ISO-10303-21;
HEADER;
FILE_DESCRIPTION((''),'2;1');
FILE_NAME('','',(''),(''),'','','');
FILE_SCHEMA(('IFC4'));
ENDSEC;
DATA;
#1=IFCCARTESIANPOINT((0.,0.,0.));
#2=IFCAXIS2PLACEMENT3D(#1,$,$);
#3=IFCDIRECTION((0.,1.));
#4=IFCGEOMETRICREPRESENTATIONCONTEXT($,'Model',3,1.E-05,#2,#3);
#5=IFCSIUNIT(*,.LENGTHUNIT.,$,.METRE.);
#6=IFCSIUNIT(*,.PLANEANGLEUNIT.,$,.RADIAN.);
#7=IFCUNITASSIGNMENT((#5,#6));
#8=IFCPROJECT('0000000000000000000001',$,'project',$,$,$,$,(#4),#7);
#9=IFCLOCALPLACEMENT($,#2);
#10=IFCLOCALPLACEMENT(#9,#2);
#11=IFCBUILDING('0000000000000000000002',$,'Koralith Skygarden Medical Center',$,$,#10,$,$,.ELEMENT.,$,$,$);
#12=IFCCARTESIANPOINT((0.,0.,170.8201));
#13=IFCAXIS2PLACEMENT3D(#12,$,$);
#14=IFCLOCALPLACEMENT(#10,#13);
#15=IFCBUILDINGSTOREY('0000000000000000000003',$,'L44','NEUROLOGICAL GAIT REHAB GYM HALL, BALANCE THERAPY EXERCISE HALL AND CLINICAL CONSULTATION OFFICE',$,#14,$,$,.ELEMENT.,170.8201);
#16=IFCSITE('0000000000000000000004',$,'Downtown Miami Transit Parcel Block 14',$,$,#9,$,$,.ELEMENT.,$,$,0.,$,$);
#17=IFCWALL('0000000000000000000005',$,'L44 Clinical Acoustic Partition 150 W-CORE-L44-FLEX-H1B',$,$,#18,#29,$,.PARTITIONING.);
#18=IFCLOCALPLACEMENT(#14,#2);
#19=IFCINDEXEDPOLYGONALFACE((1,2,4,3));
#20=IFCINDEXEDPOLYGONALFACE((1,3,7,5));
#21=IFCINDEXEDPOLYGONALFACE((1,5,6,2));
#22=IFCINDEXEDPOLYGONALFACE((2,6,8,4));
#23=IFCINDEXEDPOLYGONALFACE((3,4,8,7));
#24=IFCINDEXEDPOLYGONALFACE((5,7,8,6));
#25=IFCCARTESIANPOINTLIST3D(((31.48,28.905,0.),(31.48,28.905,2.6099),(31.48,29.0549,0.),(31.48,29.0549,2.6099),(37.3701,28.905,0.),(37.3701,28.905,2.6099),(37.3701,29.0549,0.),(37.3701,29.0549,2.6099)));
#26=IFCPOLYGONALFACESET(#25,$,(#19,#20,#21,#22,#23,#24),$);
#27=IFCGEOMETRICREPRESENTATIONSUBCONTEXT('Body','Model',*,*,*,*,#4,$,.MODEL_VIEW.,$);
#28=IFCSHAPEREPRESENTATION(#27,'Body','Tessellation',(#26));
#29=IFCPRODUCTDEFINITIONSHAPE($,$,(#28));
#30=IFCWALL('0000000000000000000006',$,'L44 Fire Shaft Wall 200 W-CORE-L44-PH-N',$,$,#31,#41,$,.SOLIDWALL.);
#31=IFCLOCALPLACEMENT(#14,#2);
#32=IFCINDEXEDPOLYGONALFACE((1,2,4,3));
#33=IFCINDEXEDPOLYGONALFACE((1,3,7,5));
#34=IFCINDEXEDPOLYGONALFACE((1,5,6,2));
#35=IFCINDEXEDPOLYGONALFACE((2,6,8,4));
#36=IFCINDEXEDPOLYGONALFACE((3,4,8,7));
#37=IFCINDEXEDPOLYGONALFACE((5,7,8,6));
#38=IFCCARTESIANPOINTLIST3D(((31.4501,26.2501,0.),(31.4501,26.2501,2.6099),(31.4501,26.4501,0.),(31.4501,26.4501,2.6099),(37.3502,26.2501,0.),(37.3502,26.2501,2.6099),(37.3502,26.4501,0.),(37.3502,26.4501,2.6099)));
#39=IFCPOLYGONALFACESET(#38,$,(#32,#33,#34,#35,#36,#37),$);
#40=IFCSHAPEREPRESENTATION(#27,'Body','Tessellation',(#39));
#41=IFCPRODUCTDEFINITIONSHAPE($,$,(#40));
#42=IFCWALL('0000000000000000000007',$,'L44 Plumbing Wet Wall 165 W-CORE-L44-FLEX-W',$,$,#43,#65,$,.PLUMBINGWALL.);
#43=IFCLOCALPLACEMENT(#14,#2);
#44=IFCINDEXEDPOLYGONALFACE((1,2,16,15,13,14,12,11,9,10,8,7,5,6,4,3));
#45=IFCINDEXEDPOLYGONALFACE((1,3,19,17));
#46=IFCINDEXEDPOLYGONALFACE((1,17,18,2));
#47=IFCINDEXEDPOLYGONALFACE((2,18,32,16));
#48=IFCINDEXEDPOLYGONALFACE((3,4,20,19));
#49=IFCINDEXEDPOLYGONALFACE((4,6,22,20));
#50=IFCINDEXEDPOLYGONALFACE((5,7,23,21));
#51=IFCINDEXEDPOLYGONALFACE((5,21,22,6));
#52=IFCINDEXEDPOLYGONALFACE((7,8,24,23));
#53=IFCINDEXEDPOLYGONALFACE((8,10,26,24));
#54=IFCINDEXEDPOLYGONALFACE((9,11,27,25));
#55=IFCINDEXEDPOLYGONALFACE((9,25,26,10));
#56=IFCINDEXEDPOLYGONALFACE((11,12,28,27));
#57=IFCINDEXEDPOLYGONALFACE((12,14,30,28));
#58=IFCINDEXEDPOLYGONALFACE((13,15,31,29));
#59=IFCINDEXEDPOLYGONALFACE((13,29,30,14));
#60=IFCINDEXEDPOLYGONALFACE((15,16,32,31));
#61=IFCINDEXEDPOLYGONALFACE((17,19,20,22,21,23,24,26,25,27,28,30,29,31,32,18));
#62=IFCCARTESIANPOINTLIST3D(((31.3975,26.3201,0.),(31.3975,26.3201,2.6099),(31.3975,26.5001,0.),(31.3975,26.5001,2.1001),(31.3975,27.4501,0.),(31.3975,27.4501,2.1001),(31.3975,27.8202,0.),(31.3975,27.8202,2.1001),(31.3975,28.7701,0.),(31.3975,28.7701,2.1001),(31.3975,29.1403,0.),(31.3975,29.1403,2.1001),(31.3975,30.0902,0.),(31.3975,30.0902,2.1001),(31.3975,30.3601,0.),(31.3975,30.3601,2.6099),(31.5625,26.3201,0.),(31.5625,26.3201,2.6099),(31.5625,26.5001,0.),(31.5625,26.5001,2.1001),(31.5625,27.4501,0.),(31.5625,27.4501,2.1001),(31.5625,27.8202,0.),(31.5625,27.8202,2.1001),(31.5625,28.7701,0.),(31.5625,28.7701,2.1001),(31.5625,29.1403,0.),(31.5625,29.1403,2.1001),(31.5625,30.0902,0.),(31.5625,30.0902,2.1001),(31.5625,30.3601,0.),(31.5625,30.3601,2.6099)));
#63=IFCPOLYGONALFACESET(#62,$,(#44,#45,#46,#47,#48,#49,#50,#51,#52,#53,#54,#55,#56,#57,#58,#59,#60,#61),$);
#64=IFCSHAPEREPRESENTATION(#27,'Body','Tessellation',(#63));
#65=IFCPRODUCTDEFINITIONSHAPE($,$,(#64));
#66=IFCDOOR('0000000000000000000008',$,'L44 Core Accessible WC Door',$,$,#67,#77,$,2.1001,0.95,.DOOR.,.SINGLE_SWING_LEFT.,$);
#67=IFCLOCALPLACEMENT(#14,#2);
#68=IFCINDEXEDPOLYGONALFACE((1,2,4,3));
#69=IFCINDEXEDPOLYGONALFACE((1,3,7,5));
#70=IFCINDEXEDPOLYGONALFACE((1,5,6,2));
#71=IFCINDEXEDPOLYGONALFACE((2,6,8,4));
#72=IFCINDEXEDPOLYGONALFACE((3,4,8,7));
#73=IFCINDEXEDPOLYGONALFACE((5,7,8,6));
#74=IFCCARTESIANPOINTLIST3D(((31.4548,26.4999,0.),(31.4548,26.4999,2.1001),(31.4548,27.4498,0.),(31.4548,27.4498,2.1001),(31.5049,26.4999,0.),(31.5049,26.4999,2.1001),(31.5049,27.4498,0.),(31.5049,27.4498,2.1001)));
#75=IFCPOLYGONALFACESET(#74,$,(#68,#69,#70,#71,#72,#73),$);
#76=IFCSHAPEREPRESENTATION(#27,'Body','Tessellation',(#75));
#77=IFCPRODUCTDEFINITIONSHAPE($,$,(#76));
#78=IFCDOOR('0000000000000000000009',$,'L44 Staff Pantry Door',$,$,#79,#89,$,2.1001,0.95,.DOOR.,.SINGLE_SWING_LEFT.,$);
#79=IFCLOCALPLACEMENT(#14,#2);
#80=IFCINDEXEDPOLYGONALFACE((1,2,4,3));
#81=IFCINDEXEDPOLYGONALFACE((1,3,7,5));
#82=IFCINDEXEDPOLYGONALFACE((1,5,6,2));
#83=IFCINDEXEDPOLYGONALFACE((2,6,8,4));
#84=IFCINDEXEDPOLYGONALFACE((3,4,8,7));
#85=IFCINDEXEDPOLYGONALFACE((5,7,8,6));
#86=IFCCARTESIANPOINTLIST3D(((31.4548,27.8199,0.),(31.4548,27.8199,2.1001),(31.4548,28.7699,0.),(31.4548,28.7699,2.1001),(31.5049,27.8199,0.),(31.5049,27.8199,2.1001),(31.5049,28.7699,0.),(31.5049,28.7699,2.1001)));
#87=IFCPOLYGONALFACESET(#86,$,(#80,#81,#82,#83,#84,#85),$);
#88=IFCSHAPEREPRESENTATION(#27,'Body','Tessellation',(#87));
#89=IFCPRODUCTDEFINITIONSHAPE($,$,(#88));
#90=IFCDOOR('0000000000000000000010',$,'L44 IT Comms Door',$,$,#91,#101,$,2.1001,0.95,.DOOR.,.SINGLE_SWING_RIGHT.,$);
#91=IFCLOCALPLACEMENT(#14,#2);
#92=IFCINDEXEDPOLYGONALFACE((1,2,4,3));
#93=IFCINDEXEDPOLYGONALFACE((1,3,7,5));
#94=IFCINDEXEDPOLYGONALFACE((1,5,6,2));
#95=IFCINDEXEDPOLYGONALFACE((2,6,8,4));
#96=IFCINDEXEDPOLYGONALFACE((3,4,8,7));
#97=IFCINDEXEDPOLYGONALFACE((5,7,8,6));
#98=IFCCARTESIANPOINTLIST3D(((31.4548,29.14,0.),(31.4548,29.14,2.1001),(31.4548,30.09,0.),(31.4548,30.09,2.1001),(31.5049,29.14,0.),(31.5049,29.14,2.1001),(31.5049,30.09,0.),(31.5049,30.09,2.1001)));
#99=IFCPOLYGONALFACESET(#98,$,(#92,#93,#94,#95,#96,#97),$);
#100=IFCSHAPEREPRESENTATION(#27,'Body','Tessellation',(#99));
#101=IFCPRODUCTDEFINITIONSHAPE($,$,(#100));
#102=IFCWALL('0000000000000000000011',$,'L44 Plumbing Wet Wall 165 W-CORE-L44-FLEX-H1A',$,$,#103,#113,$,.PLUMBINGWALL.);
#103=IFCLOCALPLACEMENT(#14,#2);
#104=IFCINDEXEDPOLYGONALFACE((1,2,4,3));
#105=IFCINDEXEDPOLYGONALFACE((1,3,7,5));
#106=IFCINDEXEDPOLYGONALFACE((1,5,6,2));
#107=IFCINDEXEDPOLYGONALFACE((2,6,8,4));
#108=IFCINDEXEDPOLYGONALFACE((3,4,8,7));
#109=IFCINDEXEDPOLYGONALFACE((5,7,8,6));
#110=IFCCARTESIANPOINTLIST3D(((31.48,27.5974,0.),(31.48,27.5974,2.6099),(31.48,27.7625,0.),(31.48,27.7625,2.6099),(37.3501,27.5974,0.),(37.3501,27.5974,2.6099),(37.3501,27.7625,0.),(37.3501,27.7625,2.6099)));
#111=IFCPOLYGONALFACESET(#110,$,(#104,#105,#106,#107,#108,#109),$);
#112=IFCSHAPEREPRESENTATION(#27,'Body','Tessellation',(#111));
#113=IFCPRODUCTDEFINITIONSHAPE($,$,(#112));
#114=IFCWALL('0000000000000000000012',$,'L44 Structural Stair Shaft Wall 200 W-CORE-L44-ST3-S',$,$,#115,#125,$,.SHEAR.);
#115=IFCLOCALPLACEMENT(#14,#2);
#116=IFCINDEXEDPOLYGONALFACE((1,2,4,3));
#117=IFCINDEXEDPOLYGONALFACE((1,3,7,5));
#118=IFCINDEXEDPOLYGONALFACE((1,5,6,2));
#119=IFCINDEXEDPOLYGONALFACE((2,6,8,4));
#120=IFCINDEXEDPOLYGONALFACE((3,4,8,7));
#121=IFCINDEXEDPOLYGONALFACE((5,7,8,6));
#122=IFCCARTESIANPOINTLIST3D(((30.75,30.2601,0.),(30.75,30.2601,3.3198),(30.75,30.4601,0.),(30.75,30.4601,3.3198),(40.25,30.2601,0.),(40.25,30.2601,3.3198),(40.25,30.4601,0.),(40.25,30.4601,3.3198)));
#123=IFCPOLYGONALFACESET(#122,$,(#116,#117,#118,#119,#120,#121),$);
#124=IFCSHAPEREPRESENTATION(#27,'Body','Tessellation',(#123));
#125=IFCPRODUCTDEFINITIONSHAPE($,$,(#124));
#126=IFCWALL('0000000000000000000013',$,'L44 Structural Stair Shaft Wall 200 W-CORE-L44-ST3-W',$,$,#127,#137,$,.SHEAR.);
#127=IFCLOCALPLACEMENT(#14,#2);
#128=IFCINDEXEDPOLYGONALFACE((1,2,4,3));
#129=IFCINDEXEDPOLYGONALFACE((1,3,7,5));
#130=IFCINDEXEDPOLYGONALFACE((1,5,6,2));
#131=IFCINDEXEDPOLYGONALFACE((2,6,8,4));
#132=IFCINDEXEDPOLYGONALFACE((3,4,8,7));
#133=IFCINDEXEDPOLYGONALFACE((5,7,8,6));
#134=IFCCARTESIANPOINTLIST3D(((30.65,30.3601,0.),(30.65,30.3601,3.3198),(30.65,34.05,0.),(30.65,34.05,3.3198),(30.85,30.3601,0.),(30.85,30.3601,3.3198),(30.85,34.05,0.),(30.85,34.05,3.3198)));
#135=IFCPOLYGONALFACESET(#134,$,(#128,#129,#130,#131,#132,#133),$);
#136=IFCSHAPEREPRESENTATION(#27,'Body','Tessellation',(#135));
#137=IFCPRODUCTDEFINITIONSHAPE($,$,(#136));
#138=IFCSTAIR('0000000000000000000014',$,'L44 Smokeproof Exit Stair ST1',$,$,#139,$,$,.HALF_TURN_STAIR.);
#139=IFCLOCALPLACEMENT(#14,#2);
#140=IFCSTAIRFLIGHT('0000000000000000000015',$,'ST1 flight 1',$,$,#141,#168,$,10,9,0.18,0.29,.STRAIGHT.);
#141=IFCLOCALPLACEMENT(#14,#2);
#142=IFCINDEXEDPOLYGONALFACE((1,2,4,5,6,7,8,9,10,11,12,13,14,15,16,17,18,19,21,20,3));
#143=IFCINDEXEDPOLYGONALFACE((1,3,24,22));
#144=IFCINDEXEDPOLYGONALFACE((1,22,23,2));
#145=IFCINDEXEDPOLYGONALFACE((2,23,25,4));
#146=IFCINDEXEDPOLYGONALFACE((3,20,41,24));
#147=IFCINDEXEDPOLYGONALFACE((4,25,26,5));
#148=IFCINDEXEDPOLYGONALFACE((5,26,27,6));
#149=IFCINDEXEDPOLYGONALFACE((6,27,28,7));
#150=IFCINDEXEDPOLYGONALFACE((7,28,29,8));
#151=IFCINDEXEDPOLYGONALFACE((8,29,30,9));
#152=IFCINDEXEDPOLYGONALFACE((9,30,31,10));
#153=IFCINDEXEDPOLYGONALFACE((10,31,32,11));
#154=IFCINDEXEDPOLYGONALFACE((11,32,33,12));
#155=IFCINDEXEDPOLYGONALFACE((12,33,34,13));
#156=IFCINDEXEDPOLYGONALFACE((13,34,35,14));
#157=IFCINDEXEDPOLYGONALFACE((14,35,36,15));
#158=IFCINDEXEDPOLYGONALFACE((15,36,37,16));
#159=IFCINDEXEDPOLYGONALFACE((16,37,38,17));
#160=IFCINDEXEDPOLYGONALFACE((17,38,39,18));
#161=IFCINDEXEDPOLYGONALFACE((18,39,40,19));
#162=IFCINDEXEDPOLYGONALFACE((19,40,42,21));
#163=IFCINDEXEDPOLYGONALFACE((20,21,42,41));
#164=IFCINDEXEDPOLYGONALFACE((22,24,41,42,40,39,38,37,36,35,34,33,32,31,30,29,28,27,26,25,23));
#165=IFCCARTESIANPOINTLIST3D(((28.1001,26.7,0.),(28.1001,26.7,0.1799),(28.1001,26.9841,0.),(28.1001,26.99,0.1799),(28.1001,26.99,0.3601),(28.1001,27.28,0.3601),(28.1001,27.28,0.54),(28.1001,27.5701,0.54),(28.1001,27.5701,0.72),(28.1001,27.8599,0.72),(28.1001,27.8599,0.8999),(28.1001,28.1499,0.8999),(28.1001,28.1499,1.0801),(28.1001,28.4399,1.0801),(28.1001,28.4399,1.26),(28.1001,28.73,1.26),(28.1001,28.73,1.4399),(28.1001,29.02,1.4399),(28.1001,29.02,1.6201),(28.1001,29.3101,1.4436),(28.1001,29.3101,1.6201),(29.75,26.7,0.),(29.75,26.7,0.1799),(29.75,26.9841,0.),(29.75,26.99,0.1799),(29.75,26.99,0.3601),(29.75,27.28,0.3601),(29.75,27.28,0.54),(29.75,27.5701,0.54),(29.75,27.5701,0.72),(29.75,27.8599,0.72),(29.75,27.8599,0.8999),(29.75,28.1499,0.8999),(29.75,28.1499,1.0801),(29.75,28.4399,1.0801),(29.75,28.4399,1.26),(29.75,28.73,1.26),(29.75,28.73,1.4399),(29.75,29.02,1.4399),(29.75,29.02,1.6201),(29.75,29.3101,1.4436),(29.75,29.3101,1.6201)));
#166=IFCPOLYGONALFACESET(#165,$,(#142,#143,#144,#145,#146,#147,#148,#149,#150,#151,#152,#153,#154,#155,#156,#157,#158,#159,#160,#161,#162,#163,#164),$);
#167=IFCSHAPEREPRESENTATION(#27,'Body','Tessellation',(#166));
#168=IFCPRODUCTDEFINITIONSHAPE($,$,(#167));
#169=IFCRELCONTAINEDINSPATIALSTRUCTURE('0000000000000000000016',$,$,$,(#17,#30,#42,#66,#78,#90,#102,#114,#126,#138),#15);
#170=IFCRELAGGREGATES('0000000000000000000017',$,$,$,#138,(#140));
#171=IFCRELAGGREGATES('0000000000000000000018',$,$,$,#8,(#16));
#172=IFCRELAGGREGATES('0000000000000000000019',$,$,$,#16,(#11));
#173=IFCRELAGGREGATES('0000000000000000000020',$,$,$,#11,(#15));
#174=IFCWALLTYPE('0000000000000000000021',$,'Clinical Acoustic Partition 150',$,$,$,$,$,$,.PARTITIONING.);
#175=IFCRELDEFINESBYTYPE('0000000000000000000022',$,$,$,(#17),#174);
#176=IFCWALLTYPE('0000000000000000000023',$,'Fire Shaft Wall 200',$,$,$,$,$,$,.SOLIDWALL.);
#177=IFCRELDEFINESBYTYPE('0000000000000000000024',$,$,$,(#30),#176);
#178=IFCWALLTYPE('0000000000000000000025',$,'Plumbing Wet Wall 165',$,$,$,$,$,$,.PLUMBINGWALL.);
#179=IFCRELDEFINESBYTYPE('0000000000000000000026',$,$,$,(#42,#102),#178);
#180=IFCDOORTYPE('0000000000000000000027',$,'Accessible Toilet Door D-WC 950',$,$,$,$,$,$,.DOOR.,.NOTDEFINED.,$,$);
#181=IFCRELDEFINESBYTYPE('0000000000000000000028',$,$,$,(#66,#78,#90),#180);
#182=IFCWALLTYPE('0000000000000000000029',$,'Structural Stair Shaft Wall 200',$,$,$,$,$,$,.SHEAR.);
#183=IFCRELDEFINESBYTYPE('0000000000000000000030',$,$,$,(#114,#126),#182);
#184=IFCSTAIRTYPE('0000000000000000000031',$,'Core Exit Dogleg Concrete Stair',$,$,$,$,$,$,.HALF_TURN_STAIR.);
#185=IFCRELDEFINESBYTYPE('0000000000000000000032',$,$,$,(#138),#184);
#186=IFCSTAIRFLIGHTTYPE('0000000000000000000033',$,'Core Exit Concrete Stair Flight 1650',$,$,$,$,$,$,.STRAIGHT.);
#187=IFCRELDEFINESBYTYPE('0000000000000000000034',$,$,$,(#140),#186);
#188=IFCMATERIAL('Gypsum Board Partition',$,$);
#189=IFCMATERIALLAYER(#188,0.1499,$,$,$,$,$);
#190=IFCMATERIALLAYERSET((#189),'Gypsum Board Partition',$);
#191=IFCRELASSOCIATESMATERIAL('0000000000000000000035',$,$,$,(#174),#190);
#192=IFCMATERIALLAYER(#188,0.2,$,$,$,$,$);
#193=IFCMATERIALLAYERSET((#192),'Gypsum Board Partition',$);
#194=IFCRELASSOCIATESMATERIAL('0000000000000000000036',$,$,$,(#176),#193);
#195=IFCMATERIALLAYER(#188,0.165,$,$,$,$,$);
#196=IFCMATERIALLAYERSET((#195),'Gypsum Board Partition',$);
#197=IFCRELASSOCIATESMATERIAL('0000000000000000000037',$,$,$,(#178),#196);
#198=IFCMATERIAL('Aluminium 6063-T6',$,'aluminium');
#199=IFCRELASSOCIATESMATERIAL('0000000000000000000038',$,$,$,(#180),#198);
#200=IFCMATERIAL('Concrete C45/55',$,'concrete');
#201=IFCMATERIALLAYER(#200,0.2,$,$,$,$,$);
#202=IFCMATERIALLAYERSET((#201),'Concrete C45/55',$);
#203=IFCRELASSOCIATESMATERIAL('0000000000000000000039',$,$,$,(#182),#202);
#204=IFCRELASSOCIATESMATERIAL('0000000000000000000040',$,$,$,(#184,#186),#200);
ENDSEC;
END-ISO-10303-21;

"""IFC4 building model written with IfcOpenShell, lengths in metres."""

from ifc_helpers import new_model, si_unit, direction, frame, frame_2d, origin, place, context, subcontext, project, spatial, polyline, rectangle, outline, extrude, material, layer, layer_set, type_object, element, fill, aggregate, save


model = new_model("IFC4")

# Units and contexts
model_context = context("Model", 3, precision=1e-05, world=origin(), true_north=direction((0.0, 1.0)))
body_context = subcontext(model_context, "Body", "Model", "MODEL_VIEW")
ifc_project = project(units=[si_unit("LENGTHUNIT", "METRE"), si_unit("PLANEANGLEUNIT", "RADIAN")], contexts=[model_context])

# Site, building, storey
site_placement = place(None, origin())
site = spatial("IfcSite", under=ifc_project, at=site_placement, Name="Downtown Miami Transit Parcel Block 14", CompositionType="ELEMENT", RefElevation=0.0)
building_placement = place(site_placement, origin())
building = spatial("IfcBuilding", under=site, at=building_placement, Name="Koralith Skygarden Medical Center", CompositionType="ELEMENT")
storey_placement = place(building_placement, frame((0.0, 0.0, 170.8201)))
storey = spatial("IfcBuildingStorey", under=building, at=storey_placement, Name="L44", Description="NEUROLOGICAL GAIT REHAB GYM HALL, BALANCE THERAPY EXERCISE HALL AND CLINICAL CONSULTATION OFFICE", CompositionType="ELEMENT", Elevation=170.8201)

# Walls
ifc_material_1 = material(Name="Gypsum Board Partition")
ifc_layer_1 = layer(ifc_material_1, 0.1499)
ifc_layer_set_1 = layer_set([ifc_layer_1], Name="Gypsum Board Partition")
wall_type_1 = type_object("IfcWallType", Name="Clinical Acoustic Partition 150", PredefinedType="PARTITIONING", material=ifc_layer_set_1)
wall_1_placement = place(storey_placement, frame((31.48, 28.98, 0.0), z_axis=(0.0, 0.0, 1.0), x_axis=(1.0, 0.0, 0.0)))
element("IfcWall", 1, at=wall_1_placement, inside=storey, type_object=wall_type_1, Name="L44 Clinical Acoustic Partition 150 W-CORE-L44-FLEX-H1B", PredefinedType="PARTITIONING", context=body_context, shape_type="SweptSolid", body=[
    extrude(rectangle(XDim=5.8901, YDim=0.1499, at=frame_2d((2.9451, 0.0))), origin(), (0.0, 0.0, 1.0), 2.6099),
])
ifc_layer_2 = layer(ifc_material_1, 0.2)
ifc_layer_set_2 = layer_set([ifc_layer_2], Name="Gypsum Board Partition")
wall_type_2 = type_object("IfcWallType", Name="Fire Shaft Wall 200", PredefinedType="SOLIDWALL", material=ifc_layer_set_2)
wall_2_placement = place(storey_placement, frame((31.45, 26.3501, 0.0), z_axis=(0.0, 0.0, 1.0), x_axis=(1.0, 0.0, 0.0)))
element("IfcWall", 2, at=wall_2_placement, inside=storey, type_object=wall_type_2, Name="L44 Fire Shaft Wall 200 W-CORE-L44-PH-N", PredefinedType="SOLIDWALL", context=body_context, shape_type="SweptSolid", body=[
    extrude(rectangle(XDim=5.9001, YDim=0.2, at=frame_2d((2.9502, 0.0))), origin(), (0.0, 0.0, 1.0), 2.6099),
])

# Wall, openings, doors
ifc_layer_3 = layer(ifc_material_1, 0.165)
ifc_layer_set_3 = layer_set([ifc_layer_3], Name="Gypsum Board Partition")
wall_type_3 = type_object("IfcWallType", Name="Plumbing Wet Wall 165", PredefinedType="PLUMBINGWALL", material=ifc_layer_set_3)
wall_3_placement = place(storey_placement, frame((31.48, 26.3201, 0.0), z_axis=(0.0, 0.0, 1.0), x_axis=(0.0, 1.0, 0.0)))
wall_3 = element("IfcWall", 3, at=wall_3_placement, inside=storey, type_object=wall_type_3, Name="L44 Plumbing Wet Wall 165 W-CORE-L44-FLEX-W", PredefinedType="PLUMBINGWALL", context=body_context, shape_type="SweptSolid", body=[
    extrude(rectangle(XDim=4.04, YDim=0.165, at=frame_2d((2.02, 0.0))), origin(), (0.0, 0.0, 1.0), 2.6099),
])
opening_1_placement = place(wall_3_placement, frame((0.1799, 0.0, 0.0)))
opening_1 = element("IfcOpeningElement", 4, at=opening_1_placement, cuts=wall_3, PredefinedType="OPENING", context=body_context, shape_type="SweptSolid", body=[
    extrude(rectangle(XDim=0.95, YDim=2.1001, at=frame_2d((0.4751, 1.05))), frame((0.0, 0.0925, 0.0), z_axis=(0.0, -1.0, 0.0), x_axis=(1.0, 0.0, 0.0)), (0.0, 0.0, 1.0), 0.1851),
])
opening_2_placement = place(wall_3_placement, frame((1.5, 0.0, 0.0)))
opening_2 = element("IfcOpeningElement", 5, at=opening_2_placement, cuts=wall_3, PredefinedType="OPENING", context=body_context, shape_type="SweptSolid", body=[
    extrude(rectangle(XDim=0.95, YDim=2.1001, at=frame_2d((0.4751, 1.05))), frame((0.0, 0.0925, 0.0), z_axis=(0.0, -1.0, 0.0), x_axis=(1.0, 0.0, 0.0)), (0.0, 0.0, 1.0), 0.1851),
])
opening_3_placement = place(wall_3_placement, frame((2.8201, 0.0, 0.0)))
opening_3 = element("IfcOpeningElement", 6, at=opening_3_placement, cuts=wall_3, PredefinedType="OPENING", context=body_context, shape_type="SweptSolid", body=[
    extrude(rectangle(XDim=0.95, YDim=2.1001, at=frame_2d((0.4751, 1.05))), frame((0.0, 0.0925, 0.0), z_axis=(0.0, -1.0, 0.0), x_axis=(1.0, 0.0, 0.0)), (0.0, 0.0, 1.0), 0.1851),
])
ifc_material_2 = material(Name="Aluminium 6063-T6", Category="aluminium")
door_type = type_object("IfcDoorType", Name="Accessible Toilet Door D-WC 950", OperationType="NOTDEFINED", PredefinedType="DOOR", material=ifc_material_2)
door_1_placement = place(opening_1_placement, frame((0.95, 0.0, 0.0), z_axis=(0.0, 0.0, 1.0), x_axis=(-1.0, 0.0, 0.0)))
door_1 = element("IfcDoor", 7, at=door_1_placement, inside=storey, type_object=door_type, Name="L44 Core Accessible WC Door", OperationType="SINGLE_SWING_LEFT", OverallHeight=2.1001, OverallWidth=0.95, PredefinedType="DOOR", context=body_context, shape_type="SweptSolid", body=[
    extrude(rectangle(XDim=0.95, YDim=2.1001, at=frame_2d((0.4751, 1.05))), frame((0.0, 0.0249, 0.0), z_axis=(0.0, -1.0, 0.0), x_axis=(1.0, 0.0, 0.0)), (0.0, 0.0, 1.0), 0.05),
])
fill(opening_1, door_1)
door_2_placement = place(opening_2_placement, frame((0.95, 0.0, 0.0), z_axis=(0.0, 0.0, 1.0), x_axis=(-1.0, 0.0, 0.0)))
door_2 = element("IfcDoor", 8, at=door_2_placement, inside=storey, type_object=door_type, Name="L44 Staff Pantry Door", OperationType="SINGLE_SWING_LEFT", OverallHeight=2.1001, OverallWidth=0.95, PredefinedType="DOOR", context=body_context, shape_type="SweptSolid", body=[
    extrude(rectangle(XDim=0.95, YDim=2.1001, at=frame_2d((0.4751, 1.05))), frame((0.0, 0.0249, 0.0), z_axis=(0.0, -1.0, 0.0), x_axis=(1.0, 0.0, 0.0)), (0.0, 0.0, 1.0), 0.05),
])
fill(opening_2, door_2)
door_3_placement = place(opening_3_placement, frame((0.95, 0.0, 0.0), z_axis=(0.0, 0.0, 1.0), x_axis=(-1.0, 0.0, 0.0)))
door_3 = element("IfcDoor", 9, at=door_3_placement, inside=storey, type_object=door_type, Name="L44 IT Comms Door", OperationType="SINGLE_SWING_RIGHT", OverallHeight=2.1001, OverallWidth=0.95, PredefinedType="DOOR", context=body_context, shape_type="SweptSolid", body=[
    extrude(rectangle(XDim=0.95, YDim=2.1001, at=frame_2d((0.4751, 1.05))), frame((0.0, 0.0249, 0.0), z_axis=(0.0, -1.0, 0.0), x_axis=(1.0, 0.0, 0.0)), (0.0, 0.0, 1.0), 0.05),
])
fill(opening_3, door_3)

# Walls
wall_4_placement = place(storey_placement, frame((31.48, 27.6799, 0.0), z_axis=(0.0, 0.0, 1.0), x_axis=(1.0, 0.0, 0.0)))
element("IfcWall", 10, at=wall_4_placement, inside=storey, type_object=wall_type_3, Name="L44 Plumbing Wet Wall 165 W-CORE-L44-FLEX-H1A", PredefinedType="PLUMBINGWALL", context=body_context, shape_type="SweptSolid", body=[
    extrude(rectangle(XDim=5.8701, YDim=0.165, at=frame_2d((2.9351, 0.0))), origin(), (0.0, 0.0, 1.0), 2.6099),
])
ifc_material_3 = material(Name="Concrete C45/55", Category="concrete")
ifc_layer_4 = layer(ifc_material_3, 0.2)
ifc_layer_set_4 = layer_set([ifc_layer_4], Name="Concrete C45/55")
wall_type_4 = type_object("IfcWallType", Name="Structural Stair Shaft Wall 200", PredefinedType="SHEAR", material=ifc_layer_set_4)
wall_5_placement = place(storey_placement, frame((30.75, 30.3601, 0.0), z_axis=(0.0, 0.0, 1.0), x_axis=(1.0, 0.0, 0.0)))
element("IfcWall", 11, at=wall_5_placement, inside=storey, type_object=wall_type_4, Name="L44 Structural Stair Shaft Wall 200 W-CORE-L44-ST3-S", PredefinedType="SHEAR", context=body_context, shape_type="SweptSolid", body=[
    extrude(rectangle(XDim=9.5, YDim=0.2, at=frame_2d((4.75, 0.0))), origin(), (0.0, 0.0, 1.0), 3.3198),
])
wall_6_placement = place(storey_placement, frame((30.75, 30.3601, 0.0), z_axis=(0.0, 0.0, 1.0), x_axis=(0.0, 1.0, 0.0)))
element("IfcWall", 12, at=wall_6_placement, inside=storey, type_object=wall_type_4, Name="L44 Structural Stair Shaft Wall 200 W-CORE-L44-ST3-W", PredefinedType="SHEAR", context=body_context, shape_type="SweptSolid", body=[
    extrude(rectangle(XDim=3.6899, YDim=0.2, at=frame_2d((1.845, 0.0))), origin(), (0.0, 0.0, 1.0), 3.3198),
])

# Stair, stair flight
stair_type = type_object("IfcStairType", Name="Core Exit Dogleg Concrete Stair", PredefinedType="HALF_TURN_STAIR", material=ifc_material_3)
stair_1_placement = place(storey_placement, origin())
stair_1 = element("IfcStair", 13, at=stair_1_placement, inside=storey, type_object=stair_type, Name="L44 Smokeproof Exit Stair ST1", PredefinedType="HALF_TURN_STAIR")
stair_flight_type = type_object("IfcStairFlightType", Name="Core Exit Concrete Stair Flight 1650", PredefinedType="STRAIGHT", material=ifc_material_3)
stair_flight_1_placement = place(storey_placement, frame((28.925, 26.7, 0.0), z_axis=(0.0, 0.0, 1.0), x_axis=(0.0, 1.0, 0.0)))
stair_flight_1 = element("IfcStairFlight", 14, at=stair_flight_1_placement, type_object=stair_flight_type, Name="ST1 flight 1", NumberOfRisers=10, NumberOfTreads=9, PredefinedType="STRAIGHT", RiserHeight=0.18, TreadLength=0.29, context=body_context, shape_type="SweptSolid", body=[
    extrude(outline(polyline([(0.0, 0.0), (0.0, 0.1799), (0.29, 0.1799), (0.29, 0.3601), (0.5801, 0.3601), (0.5801, 0.54), (0.8701, 0.54), (0.8701, 0.72), (1.1599, 0.72), (1.1599, 0.8999), (1.45, 0.8999), (1.45, 1.0801), (1.74, 1.0801), (1.74, 1.26), (2.03, 1.26), (2.03, 1.4399), (2.3201, 1.4399), (2.3201, 1.6201), (2.6101, 1.6201), (2.6101, 1.8), (2.6101, 1.4436), (0.2842, 0.0), (0.0, 0.0)])), frame((0.0, 0.825, 0.0), z_axis=(0.0, -1.0, 0.0), x_axis=(1.0, 0.0, 0.0)), (0.0, 0.0, 1.0), 1.6499),
])
aggregate(stair_1, [stair_flight_1])

save(model, "model.ifc")
